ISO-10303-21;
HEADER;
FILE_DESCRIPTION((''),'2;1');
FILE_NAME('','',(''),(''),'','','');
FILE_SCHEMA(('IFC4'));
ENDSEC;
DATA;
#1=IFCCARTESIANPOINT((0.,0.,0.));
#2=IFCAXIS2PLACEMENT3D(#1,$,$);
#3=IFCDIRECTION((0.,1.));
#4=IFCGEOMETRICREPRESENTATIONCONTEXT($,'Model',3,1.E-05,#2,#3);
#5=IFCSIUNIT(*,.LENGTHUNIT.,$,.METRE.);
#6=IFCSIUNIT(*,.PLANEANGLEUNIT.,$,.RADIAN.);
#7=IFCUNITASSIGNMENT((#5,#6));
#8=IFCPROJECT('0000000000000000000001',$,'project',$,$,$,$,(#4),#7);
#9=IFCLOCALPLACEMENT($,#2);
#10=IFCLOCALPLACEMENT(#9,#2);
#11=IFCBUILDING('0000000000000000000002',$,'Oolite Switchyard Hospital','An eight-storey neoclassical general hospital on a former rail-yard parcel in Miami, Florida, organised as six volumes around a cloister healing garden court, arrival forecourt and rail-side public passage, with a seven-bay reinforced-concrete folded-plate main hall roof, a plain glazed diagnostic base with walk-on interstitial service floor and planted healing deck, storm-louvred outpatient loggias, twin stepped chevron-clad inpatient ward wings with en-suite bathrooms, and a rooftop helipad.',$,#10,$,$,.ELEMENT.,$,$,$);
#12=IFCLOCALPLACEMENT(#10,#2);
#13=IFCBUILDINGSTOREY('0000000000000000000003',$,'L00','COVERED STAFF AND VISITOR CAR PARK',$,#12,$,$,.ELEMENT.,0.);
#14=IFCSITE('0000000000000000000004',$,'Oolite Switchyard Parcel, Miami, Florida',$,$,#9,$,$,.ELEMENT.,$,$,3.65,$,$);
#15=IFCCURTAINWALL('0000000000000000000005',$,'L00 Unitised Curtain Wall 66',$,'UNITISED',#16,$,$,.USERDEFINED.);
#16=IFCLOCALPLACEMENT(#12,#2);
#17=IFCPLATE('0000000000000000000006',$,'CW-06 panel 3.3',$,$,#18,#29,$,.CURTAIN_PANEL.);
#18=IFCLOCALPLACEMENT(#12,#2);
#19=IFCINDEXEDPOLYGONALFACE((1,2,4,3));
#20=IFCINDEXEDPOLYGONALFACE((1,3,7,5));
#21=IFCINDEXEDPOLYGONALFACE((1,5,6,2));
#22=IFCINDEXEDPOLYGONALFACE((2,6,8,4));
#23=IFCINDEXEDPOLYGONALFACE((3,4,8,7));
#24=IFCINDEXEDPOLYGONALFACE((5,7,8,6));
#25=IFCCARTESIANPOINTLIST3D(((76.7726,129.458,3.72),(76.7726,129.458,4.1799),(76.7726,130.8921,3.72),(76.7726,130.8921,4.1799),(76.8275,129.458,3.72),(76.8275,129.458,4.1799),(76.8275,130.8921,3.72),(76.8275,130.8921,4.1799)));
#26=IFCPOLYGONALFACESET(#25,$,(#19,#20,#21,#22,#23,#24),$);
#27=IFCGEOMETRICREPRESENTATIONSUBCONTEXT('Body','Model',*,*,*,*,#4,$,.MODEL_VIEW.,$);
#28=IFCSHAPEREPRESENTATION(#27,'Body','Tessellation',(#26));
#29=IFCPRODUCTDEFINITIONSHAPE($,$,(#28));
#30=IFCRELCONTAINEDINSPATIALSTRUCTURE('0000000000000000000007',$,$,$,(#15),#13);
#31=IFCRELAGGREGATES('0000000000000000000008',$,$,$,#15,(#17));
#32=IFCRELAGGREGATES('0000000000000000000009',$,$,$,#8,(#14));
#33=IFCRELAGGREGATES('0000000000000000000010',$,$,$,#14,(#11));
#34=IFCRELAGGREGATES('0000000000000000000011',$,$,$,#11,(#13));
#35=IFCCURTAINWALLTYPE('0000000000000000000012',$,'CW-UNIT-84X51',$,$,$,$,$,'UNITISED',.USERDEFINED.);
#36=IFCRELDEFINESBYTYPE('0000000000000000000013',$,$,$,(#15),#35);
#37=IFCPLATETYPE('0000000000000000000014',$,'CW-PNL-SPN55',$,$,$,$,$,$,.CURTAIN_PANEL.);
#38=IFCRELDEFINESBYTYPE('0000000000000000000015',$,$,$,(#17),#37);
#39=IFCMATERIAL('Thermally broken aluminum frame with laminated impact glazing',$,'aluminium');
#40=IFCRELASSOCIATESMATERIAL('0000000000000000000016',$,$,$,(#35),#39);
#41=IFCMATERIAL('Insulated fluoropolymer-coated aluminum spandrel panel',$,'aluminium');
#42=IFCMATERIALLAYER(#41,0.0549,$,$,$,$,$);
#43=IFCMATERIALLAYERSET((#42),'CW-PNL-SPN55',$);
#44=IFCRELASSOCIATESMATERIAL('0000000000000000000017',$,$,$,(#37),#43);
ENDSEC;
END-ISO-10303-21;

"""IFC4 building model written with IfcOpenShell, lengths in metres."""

from ifc_helpers import new_model, si_unit, direction, frame, origin, origin_2d, place, context, subcontext, project, spatial, rectangle, extrude, material, layer, layer_set, type_object, element, aggregate, save


model = new_model("IFC4")

# Units and contexts
model_context = context("Model", 3, precision=1e-05, world=origin(), true_north=direction((0.0, 1.0)))
body_context = subcontext(model_context, "Body", "Model", "MODEL_VIEW")
ifc_project = project(units=[si_unit("LENGTHUNIT", "METRE"), si_unit("PLANEANGLEUNIT", "RADIAN")], contexts=[model_context])

# Site, building, storey
site_placement = place(None, origin())
site = spatial("IfcSite", under=ifc_project, at=site_placement, Name="Oolite Switchyard Parcel, Miami, Florida", CompositionType="ELEMENT", RefElevation=3.65)
building_placement = place(site_placement, origin())
building = spatial("IfcBuilding", under=site, at=building_placement, Name="Oolite Switchyard Hospital", Description="An eight-storey neoclassical general hospital on a former rail-yard parcel in Miami, Florida, organised as six volumes around a cloister healing garden court, arrival forecourt and rail-side public passage, with a seven-bay reinforced-concrete folded-plate main hall roof, a plain glazed diagnostic base with walk-on interstitial service floor and planted healing deck, storm-louvred outpatient loggias, twin stepped chevron-clad inpatient ward wings with en-suite bathrooms, and a rooftop helipad.", CompositionType="ELEMENT")
storey_placement = place(building_placement, origin())
storey = spatial("IfcBuildingStorey", under=building, at=storey_placement, Name="L00", Description="COVERED STAFF AND VISITOR CAR PARK", CompositionType="ELEMENT", Elevation=0.0)

# Curtain wall, plate
ifc_material_1 = material(Name="Thermally broken aluminum frame with laminated impact glazing", Category="aluminium")
curtain_wall_type = type_object("IfcCurtainWallType", Name="CW-UNIT-84X51", ElementType="UNITISED", PredefinedType="USERDEFINED", material=ifc_material_1)
curtain_wall_placement = place(storey_placement, origin())
curtain_wall = element("IfcCurtainWall", 1, at=curtain_wall_placement, inside=storey, type_object=curtain_wall_type, Name="L00 Unitised Curtain Wall 66", ObjectType="UNITISED", PredefinedType="USERDEFINED")
ifc_material_2 = material(Name="Insulated fluoropolymer-coated aluminum spandrel panel", Category="aluminium")
ifc_layer = layer(ifc_material_2, 0.0549)
ifc_layer_set = layer_set([ifc_layer], Name="CW-PNL-SPN55")
plate_type = type_object("IfcPlateType", Name="CW-PNL-SPN55", PredefinedType="CURTAIN_PANEL", material=ifc_layer_set)
plate_1_placement = place(storey_placement, frame((76.8, 130.175, 3.72), z_axis=(0.0, 0.0, 1.0), x_axis=(0.0, -1.0, 0.0)))
plate_1 = element("IfcPlate", 2, at=plate_1_placement, type_object=plate_type, Name="CW-06 panel 3.3", PredefinedType="CURTAIN_PANEL", context=body_context, shape_type="SweptSolid", body=[
    extrude(rectangle(XDim=1.4341, YDim=0.0549, at=origin_2d()), origin(), (0.0, 0.0, 1.0), 0.46),
])
aggregate(curtain_wall, [plate_1])

save(model, "model.ifc")
